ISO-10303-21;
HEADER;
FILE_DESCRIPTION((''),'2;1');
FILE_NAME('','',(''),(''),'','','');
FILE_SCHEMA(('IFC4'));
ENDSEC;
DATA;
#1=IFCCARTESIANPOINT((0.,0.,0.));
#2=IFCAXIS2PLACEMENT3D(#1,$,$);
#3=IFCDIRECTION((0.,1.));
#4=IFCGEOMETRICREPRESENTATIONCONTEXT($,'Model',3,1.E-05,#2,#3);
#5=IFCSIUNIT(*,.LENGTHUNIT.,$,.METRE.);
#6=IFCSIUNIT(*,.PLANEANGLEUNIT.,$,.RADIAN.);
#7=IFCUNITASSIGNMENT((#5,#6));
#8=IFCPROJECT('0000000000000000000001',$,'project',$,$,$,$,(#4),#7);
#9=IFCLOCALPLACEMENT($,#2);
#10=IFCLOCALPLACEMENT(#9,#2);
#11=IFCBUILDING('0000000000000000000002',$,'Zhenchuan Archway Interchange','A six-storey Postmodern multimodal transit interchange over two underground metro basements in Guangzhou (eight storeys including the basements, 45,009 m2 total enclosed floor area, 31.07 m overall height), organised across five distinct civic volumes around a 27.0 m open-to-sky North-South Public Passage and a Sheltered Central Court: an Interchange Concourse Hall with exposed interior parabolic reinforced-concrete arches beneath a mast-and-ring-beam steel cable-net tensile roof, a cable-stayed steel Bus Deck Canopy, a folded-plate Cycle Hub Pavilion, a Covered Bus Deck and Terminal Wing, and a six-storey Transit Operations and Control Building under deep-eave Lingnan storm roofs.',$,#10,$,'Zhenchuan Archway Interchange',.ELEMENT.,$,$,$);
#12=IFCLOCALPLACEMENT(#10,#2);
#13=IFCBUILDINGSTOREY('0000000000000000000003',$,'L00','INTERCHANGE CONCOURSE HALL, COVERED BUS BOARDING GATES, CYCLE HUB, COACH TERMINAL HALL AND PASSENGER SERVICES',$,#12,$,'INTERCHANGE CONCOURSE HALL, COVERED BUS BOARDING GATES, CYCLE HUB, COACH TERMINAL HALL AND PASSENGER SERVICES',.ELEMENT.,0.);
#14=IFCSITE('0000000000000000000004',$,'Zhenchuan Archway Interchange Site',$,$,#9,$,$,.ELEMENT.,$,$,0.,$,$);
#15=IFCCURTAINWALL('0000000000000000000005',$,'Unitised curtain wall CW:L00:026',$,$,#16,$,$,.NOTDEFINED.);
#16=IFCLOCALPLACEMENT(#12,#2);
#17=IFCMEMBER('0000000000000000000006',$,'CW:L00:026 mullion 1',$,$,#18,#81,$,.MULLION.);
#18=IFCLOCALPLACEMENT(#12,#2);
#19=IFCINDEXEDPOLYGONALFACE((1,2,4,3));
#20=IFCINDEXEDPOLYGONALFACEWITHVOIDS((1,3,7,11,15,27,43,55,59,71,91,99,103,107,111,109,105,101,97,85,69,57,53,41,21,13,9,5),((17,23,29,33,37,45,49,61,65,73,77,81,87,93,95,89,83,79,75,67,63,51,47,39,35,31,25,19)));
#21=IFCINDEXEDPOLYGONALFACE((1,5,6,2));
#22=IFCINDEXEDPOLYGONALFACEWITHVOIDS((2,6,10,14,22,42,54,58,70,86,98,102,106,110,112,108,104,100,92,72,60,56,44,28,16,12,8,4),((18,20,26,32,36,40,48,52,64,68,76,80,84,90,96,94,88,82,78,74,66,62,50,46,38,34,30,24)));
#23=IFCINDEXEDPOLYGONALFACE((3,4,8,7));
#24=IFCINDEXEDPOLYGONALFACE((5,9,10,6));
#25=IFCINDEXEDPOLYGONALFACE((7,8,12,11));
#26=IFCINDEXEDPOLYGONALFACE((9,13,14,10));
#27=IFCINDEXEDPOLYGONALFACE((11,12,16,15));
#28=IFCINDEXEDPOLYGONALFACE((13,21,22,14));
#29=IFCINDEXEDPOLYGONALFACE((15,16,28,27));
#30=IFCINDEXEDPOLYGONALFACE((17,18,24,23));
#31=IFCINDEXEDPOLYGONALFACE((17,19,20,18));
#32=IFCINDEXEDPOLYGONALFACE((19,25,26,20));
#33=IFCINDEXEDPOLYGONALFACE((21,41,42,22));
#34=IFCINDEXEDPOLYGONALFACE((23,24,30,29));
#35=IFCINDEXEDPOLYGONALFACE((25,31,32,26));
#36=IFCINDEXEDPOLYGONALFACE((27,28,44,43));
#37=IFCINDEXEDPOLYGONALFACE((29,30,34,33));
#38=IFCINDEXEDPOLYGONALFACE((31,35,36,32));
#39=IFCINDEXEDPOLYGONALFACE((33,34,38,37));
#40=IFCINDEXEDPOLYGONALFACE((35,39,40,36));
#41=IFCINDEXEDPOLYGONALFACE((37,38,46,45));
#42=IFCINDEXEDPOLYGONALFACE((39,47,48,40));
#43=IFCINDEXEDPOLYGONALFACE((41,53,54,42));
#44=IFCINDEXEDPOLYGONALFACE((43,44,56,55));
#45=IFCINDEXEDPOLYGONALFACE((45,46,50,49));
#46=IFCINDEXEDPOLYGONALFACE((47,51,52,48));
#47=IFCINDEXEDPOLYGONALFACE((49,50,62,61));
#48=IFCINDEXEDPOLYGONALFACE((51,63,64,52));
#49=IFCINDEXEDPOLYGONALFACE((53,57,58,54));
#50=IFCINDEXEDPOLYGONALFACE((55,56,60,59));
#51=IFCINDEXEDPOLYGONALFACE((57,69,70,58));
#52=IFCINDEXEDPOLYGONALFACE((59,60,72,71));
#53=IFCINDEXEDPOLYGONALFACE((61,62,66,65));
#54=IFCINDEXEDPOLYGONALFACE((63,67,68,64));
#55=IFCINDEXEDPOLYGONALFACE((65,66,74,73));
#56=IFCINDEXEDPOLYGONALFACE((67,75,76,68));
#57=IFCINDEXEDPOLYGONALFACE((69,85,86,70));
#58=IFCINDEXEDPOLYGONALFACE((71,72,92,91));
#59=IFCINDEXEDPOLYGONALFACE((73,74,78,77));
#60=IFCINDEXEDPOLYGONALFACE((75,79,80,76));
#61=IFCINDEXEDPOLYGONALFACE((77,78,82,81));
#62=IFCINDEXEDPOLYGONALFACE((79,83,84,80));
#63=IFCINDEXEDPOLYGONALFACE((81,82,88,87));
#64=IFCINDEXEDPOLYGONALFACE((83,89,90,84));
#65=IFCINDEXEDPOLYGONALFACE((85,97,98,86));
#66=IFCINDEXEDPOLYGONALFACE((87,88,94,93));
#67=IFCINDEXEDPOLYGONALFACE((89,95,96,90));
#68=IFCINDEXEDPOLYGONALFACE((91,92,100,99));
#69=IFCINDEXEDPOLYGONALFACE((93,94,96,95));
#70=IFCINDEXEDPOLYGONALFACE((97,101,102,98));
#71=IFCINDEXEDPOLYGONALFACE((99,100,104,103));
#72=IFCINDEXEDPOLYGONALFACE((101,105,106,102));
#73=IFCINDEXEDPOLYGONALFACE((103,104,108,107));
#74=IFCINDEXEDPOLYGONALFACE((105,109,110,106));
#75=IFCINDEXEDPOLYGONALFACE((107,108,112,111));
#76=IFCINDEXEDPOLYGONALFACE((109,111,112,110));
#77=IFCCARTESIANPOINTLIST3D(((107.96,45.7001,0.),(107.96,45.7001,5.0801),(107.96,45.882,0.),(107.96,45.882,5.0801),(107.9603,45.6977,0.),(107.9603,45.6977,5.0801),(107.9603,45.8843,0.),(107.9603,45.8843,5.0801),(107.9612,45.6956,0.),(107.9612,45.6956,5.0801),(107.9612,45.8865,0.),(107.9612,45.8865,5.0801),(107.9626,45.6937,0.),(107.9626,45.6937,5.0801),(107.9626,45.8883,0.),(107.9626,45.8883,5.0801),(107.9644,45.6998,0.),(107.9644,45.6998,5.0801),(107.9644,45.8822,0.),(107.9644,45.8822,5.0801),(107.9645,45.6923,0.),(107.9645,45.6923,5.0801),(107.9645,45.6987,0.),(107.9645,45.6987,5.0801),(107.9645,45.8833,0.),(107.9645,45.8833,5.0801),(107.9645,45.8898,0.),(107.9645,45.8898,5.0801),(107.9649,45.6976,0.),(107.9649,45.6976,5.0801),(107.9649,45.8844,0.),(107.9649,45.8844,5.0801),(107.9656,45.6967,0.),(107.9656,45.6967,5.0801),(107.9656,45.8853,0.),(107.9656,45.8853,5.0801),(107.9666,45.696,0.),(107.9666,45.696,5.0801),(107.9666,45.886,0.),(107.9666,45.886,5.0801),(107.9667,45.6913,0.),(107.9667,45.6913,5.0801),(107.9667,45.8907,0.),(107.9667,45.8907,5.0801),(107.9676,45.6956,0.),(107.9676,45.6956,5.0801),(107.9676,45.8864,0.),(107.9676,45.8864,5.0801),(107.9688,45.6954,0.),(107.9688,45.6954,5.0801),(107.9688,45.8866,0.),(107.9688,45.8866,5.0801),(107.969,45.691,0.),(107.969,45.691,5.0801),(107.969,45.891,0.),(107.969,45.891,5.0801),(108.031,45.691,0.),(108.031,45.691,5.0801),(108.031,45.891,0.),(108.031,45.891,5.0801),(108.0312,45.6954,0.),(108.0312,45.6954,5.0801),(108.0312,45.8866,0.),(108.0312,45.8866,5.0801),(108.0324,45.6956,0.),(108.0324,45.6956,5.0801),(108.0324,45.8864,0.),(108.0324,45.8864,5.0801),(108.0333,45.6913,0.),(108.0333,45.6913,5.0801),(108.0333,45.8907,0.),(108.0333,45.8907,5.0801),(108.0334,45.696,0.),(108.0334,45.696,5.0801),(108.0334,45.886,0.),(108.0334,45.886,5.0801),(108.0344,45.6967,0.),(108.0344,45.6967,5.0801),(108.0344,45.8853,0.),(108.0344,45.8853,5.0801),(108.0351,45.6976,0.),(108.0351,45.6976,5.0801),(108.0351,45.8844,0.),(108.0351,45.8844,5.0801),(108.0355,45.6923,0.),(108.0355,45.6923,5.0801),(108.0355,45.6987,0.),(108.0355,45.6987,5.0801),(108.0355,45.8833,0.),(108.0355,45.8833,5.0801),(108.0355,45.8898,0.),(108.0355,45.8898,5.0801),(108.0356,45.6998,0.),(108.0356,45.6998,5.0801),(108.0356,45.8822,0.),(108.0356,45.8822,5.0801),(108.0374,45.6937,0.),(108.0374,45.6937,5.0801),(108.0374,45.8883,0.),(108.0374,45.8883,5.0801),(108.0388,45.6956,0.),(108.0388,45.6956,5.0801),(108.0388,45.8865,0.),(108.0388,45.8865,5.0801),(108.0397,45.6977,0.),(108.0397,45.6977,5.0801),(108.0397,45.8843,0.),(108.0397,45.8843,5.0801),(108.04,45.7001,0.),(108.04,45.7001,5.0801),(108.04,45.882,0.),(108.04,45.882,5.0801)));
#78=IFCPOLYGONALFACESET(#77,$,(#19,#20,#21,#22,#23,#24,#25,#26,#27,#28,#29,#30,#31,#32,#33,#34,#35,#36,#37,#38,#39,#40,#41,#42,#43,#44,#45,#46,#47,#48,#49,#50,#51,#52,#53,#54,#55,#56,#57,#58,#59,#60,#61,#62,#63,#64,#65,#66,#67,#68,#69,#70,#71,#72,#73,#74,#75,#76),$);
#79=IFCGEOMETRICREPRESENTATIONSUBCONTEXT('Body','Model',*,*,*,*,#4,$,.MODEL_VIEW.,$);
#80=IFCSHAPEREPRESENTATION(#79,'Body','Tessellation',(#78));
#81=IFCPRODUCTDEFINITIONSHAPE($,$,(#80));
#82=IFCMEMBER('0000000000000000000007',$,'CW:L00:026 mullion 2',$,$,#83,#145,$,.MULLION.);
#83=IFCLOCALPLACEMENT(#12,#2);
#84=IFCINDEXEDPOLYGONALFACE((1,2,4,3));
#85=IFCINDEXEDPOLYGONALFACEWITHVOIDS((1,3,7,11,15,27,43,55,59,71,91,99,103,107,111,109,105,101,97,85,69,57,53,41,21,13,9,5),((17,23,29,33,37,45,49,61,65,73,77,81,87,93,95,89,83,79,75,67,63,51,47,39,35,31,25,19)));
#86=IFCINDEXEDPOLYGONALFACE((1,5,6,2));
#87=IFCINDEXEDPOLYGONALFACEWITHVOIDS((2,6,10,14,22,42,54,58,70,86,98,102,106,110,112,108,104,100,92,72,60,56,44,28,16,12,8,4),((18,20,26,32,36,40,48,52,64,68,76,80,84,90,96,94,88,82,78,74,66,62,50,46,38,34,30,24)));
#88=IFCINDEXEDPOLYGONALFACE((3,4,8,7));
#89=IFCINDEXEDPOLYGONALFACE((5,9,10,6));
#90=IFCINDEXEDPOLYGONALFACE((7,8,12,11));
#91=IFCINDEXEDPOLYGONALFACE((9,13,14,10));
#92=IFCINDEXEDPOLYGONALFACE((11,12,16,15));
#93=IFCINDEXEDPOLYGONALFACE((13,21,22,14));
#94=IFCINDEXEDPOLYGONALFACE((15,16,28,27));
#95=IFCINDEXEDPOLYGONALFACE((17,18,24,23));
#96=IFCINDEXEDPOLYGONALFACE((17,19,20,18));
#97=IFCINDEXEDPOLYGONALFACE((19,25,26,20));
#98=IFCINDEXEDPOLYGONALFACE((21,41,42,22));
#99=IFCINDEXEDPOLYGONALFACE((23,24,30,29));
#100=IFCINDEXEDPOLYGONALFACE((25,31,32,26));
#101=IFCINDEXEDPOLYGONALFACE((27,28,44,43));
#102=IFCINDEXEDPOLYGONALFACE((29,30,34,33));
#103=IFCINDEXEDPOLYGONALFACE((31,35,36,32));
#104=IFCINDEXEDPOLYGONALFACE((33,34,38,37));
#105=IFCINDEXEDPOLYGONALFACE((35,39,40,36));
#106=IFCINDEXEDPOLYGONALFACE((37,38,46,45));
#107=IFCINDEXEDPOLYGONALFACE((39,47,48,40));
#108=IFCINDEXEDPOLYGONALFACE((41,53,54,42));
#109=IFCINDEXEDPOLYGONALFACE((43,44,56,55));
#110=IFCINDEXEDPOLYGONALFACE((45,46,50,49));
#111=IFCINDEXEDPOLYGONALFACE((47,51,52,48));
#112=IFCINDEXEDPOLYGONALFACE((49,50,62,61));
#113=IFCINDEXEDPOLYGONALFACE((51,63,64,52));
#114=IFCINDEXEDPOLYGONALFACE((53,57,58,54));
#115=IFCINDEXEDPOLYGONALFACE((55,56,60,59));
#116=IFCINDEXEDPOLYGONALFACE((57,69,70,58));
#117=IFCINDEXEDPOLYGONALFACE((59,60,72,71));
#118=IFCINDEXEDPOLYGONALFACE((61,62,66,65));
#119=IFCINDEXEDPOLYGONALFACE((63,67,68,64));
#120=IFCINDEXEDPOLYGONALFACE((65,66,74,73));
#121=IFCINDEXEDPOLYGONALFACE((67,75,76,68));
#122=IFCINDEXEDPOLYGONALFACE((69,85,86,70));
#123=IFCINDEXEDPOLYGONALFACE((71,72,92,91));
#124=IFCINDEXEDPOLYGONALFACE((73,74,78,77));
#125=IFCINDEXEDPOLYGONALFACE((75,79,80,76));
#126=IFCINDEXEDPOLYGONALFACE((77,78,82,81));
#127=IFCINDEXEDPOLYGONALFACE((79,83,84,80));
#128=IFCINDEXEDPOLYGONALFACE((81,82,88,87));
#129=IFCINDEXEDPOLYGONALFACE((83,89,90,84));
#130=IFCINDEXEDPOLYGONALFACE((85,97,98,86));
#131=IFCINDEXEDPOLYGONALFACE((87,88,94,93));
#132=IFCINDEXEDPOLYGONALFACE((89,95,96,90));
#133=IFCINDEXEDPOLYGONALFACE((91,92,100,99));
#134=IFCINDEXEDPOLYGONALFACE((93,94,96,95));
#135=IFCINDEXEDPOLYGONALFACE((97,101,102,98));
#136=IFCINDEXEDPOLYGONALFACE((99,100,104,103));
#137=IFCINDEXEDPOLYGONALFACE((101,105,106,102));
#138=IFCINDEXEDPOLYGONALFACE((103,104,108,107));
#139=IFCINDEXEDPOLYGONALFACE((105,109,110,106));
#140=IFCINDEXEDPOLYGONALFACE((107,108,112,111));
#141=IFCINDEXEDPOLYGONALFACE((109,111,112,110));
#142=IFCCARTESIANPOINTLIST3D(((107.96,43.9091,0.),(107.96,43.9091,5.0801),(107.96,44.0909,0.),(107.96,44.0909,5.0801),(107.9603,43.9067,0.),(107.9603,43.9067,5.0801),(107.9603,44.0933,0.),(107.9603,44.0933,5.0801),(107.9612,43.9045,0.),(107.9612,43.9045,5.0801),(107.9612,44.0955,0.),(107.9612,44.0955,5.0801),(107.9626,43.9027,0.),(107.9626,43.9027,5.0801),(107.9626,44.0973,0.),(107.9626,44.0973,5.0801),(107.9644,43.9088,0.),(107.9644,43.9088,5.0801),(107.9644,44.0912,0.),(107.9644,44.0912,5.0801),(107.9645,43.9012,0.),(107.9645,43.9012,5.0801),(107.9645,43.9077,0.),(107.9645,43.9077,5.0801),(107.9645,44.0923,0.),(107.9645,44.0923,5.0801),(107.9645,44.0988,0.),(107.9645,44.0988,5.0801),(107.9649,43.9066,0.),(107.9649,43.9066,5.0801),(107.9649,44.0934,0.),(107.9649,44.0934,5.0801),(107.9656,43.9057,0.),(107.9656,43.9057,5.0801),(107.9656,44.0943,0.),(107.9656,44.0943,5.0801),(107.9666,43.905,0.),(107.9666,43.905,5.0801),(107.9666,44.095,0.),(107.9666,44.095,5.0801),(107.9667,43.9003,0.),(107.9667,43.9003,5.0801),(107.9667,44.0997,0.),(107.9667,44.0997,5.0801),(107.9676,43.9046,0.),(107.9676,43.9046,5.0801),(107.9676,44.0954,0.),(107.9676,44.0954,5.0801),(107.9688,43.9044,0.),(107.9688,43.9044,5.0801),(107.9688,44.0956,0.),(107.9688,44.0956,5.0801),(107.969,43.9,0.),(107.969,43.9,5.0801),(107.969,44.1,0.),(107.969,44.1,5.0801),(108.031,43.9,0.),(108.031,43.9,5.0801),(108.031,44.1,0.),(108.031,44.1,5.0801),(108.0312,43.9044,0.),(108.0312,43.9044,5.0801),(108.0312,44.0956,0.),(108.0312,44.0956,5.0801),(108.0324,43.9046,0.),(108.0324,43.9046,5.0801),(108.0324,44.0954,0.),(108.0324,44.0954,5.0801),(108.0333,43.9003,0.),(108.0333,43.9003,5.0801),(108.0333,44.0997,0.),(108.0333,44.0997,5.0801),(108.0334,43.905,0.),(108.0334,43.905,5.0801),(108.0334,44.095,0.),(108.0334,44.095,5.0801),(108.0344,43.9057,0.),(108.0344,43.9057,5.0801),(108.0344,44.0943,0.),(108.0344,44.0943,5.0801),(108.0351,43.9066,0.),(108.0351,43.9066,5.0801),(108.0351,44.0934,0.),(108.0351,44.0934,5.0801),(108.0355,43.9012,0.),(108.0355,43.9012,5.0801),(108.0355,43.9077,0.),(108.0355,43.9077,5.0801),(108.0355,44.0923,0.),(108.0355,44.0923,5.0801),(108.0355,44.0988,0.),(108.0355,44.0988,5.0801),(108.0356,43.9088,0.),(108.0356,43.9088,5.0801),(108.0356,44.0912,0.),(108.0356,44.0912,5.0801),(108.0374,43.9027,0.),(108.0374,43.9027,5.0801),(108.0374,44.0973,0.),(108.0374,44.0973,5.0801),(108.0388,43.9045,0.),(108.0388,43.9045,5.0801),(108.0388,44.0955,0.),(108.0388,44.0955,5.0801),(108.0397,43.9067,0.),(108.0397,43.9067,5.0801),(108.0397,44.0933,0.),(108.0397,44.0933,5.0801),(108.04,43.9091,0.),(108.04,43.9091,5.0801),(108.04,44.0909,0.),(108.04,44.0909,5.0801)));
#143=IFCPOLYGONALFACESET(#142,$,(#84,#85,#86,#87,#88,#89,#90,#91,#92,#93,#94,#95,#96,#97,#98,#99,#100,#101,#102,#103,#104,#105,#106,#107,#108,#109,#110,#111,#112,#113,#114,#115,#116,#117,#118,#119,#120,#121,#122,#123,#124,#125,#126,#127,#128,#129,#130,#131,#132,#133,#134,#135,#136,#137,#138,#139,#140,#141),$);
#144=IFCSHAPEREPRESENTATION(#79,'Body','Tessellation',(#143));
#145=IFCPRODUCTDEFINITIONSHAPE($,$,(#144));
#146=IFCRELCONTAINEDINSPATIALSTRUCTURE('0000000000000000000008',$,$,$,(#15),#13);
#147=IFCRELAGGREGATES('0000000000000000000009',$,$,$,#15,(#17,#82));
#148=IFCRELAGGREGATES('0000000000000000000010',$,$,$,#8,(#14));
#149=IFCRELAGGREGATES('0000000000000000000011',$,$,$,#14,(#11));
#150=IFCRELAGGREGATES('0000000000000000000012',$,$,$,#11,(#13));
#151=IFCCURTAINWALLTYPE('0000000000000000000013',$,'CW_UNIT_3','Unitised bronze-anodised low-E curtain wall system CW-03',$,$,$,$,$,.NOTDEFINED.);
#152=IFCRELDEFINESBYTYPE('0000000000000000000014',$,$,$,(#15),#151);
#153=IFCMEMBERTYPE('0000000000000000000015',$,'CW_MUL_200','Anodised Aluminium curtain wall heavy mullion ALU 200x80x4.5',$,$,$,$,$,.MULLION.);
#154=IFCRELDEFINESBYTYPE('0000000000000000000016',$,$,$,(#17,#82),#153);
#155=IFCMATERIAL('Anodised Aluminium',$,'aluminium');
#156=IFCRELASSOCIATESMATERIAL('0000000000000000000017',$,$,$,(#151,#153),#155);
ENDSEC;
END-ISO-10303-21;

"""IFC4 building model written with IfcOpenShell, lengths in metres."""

from ifc_helpers import new_model, si_unit, direction, frame, origin, origin_2d, place, context, subcontext, project, spatial, hollow_rectangle, extrude, material, material_profile, profile_set, type_object, element, aggregate, save


model = new_model("IFC4")

# Units and contexts
model_context = context("Model", 3, precision=1e-05, world=origin(), true_north=direction((0.0, 1.0)))
body_context = subcontext(model_context, "Body", "Model", "MODEL_VIEW")
ifc_project = project(units=[si_unit("LENGTHUNIT", "METRE"), si_unit("PLANEANGLEUNIT", "RADIAN")], contexts=[model_context])

# Site, building, storey
site_placement = place(None, origin())
site = spatial("IfcSite", under=ifc_project, at=site_placement, Name="Zhenchuan Archway Interchange Site", CompositionType="ELEMENT", RefElevation=0.0)
building_placement = place(site_placement, origin())
building = spatial("IfcBuilding", under=site, at=building_placement, Name="Zhenchuan Archway Interchange", Description="A six-storey Postmodern multimodal transit interchange over two underground metro basements in Guangzhou (eight storeys including the basements, 45,009 m2 total enclosed floor area, 31.07 m overall height), organised across five distinct civic volumes around a 27.0 m open-to-sky North-South Public Passage and a Sheltered Central Court: an Interchange Concourse Hall with exposed interior parabolic reinforced-concrete arches beneath a mast-and-ring-beam steel cable-net tensile roof, a cable-stayed steel Bus Deck Canopy, a folded-plate Cycle Hub Pavilion, a Covered Bus Deck and Terminal Wing, and a six-storey Transit Operations and Control Building under deep-eave Lingnan storm roofs.", LongName="Zhenchuan Archway Interchange", CompositionType="ELEMENT")
storey_placement = place(building_placement, origin())
storey = spatial("IfcBuildingStorey", under=building, at=storey_placement, Name="L00", Description="INTERCHANGE CONCOURSE HALL, COVERED BUS BOARDING GATES, CYCLE HUB, COACH TERMINAL HALL AND PASSENGER SERVICES", LongName="INTERCHANGE CONCOURSE HALL, COVERED BUS BOARDING GATES, CYCLE HUB, COACH TERMINAL HALL AND PASSENGER SERVICES", CompositionType="ELEMENT", Elevation=0.0)

# Curtain wall, members
ifc_material_1 = material(Name="Anodised Aluminium", Category="aluminium")
curtain_wall_type = type_object("IfcCurtainWallType", Name="CW_UNIT_3", Description="Unitised bronze-anodised low-E curtain wall system CW-03", PredefinedType="NOTDEFINED", material=ifc_material_1)
curtain_wall_placement = place(storey_placement, origin())
curtain_wall = element("IfcCurtainWall", 1, at=curtain_wall_placement, inside=storey, type_object=curtain_wall_type, Name="Unitised curtain wall CW:L00:026", PredefinedType="NOTDEFINED")
ifc_material_profile_1 = material_profile(ifc_material_1, hollow_rectangle(XDim=0.0801, YDim=0.2, WallThickness=0.0044, InnerFilletRadius=0.0044, OuterFilletRadius=0.009, at=origin_2d()), Name="ALU 200x80x4.5")
ifc_profile_set_1 = profile_set([ifc_material_profile_1], Name="Anodised Aluminium")
member_type_1 = type_object("IfcMemberType", Name="CW_MUL_200", Description="Anodised Aluminium curtain wall heavy mullion ALU 200x80x4.5", PredefinedType="MULLION", material=ifc_profile_set_1)
member_1_placement = place(storey_placement, frame((108.0, 45.791, 0.0), z_axis=(0.0, 0.0, 1.0), x_axis=(1.0, 0.0, 0.0)))
member_1 = element("IfcMember", 2, at=member_1_placement, type_object=member_type_1, Name="CW:L00:026 mullion 1", PredefinedType="MULLION", context=body_context, shape_type="SweptSolid", body=[
    extrude(hollow_rectangle(XDim=0.0801, YDim=0.2, WallThickness=0.0044, InnerFilletRadius=0.0044, OuterFilletRadius=0.009, at=origin_2d()), origin(), (0.0, 0.0, 1.0), 5.0801),
])
member_2_placement = place(storey_placement, frame((108.0, 44.0, 0.0), z_axis=(0.0, 0.0, 1.0), x_axis=(1.0, 0.0, 0.0)))
member_2 = element("IfcMember", 3, at=member_2_placement, type_object=member_type_1, Name="CW:L00:026 mullion 2", PredefinedType="MULLION", context=body_context, shape_type="SweptSolid", body=[
    extrude(hollow_rectangle(XDim=0.0801, YDim=0.2, WallThickness=0.0044, InnerFilletRadius=0.0044, OuterFilletRadius=0.009, at=origin_2d()), origin(), (0.0, 0.0, 1.0), 5.0801),
])
aggregate(curtain_wall, [member_1, member_2])

save(model, "model.ifc")
